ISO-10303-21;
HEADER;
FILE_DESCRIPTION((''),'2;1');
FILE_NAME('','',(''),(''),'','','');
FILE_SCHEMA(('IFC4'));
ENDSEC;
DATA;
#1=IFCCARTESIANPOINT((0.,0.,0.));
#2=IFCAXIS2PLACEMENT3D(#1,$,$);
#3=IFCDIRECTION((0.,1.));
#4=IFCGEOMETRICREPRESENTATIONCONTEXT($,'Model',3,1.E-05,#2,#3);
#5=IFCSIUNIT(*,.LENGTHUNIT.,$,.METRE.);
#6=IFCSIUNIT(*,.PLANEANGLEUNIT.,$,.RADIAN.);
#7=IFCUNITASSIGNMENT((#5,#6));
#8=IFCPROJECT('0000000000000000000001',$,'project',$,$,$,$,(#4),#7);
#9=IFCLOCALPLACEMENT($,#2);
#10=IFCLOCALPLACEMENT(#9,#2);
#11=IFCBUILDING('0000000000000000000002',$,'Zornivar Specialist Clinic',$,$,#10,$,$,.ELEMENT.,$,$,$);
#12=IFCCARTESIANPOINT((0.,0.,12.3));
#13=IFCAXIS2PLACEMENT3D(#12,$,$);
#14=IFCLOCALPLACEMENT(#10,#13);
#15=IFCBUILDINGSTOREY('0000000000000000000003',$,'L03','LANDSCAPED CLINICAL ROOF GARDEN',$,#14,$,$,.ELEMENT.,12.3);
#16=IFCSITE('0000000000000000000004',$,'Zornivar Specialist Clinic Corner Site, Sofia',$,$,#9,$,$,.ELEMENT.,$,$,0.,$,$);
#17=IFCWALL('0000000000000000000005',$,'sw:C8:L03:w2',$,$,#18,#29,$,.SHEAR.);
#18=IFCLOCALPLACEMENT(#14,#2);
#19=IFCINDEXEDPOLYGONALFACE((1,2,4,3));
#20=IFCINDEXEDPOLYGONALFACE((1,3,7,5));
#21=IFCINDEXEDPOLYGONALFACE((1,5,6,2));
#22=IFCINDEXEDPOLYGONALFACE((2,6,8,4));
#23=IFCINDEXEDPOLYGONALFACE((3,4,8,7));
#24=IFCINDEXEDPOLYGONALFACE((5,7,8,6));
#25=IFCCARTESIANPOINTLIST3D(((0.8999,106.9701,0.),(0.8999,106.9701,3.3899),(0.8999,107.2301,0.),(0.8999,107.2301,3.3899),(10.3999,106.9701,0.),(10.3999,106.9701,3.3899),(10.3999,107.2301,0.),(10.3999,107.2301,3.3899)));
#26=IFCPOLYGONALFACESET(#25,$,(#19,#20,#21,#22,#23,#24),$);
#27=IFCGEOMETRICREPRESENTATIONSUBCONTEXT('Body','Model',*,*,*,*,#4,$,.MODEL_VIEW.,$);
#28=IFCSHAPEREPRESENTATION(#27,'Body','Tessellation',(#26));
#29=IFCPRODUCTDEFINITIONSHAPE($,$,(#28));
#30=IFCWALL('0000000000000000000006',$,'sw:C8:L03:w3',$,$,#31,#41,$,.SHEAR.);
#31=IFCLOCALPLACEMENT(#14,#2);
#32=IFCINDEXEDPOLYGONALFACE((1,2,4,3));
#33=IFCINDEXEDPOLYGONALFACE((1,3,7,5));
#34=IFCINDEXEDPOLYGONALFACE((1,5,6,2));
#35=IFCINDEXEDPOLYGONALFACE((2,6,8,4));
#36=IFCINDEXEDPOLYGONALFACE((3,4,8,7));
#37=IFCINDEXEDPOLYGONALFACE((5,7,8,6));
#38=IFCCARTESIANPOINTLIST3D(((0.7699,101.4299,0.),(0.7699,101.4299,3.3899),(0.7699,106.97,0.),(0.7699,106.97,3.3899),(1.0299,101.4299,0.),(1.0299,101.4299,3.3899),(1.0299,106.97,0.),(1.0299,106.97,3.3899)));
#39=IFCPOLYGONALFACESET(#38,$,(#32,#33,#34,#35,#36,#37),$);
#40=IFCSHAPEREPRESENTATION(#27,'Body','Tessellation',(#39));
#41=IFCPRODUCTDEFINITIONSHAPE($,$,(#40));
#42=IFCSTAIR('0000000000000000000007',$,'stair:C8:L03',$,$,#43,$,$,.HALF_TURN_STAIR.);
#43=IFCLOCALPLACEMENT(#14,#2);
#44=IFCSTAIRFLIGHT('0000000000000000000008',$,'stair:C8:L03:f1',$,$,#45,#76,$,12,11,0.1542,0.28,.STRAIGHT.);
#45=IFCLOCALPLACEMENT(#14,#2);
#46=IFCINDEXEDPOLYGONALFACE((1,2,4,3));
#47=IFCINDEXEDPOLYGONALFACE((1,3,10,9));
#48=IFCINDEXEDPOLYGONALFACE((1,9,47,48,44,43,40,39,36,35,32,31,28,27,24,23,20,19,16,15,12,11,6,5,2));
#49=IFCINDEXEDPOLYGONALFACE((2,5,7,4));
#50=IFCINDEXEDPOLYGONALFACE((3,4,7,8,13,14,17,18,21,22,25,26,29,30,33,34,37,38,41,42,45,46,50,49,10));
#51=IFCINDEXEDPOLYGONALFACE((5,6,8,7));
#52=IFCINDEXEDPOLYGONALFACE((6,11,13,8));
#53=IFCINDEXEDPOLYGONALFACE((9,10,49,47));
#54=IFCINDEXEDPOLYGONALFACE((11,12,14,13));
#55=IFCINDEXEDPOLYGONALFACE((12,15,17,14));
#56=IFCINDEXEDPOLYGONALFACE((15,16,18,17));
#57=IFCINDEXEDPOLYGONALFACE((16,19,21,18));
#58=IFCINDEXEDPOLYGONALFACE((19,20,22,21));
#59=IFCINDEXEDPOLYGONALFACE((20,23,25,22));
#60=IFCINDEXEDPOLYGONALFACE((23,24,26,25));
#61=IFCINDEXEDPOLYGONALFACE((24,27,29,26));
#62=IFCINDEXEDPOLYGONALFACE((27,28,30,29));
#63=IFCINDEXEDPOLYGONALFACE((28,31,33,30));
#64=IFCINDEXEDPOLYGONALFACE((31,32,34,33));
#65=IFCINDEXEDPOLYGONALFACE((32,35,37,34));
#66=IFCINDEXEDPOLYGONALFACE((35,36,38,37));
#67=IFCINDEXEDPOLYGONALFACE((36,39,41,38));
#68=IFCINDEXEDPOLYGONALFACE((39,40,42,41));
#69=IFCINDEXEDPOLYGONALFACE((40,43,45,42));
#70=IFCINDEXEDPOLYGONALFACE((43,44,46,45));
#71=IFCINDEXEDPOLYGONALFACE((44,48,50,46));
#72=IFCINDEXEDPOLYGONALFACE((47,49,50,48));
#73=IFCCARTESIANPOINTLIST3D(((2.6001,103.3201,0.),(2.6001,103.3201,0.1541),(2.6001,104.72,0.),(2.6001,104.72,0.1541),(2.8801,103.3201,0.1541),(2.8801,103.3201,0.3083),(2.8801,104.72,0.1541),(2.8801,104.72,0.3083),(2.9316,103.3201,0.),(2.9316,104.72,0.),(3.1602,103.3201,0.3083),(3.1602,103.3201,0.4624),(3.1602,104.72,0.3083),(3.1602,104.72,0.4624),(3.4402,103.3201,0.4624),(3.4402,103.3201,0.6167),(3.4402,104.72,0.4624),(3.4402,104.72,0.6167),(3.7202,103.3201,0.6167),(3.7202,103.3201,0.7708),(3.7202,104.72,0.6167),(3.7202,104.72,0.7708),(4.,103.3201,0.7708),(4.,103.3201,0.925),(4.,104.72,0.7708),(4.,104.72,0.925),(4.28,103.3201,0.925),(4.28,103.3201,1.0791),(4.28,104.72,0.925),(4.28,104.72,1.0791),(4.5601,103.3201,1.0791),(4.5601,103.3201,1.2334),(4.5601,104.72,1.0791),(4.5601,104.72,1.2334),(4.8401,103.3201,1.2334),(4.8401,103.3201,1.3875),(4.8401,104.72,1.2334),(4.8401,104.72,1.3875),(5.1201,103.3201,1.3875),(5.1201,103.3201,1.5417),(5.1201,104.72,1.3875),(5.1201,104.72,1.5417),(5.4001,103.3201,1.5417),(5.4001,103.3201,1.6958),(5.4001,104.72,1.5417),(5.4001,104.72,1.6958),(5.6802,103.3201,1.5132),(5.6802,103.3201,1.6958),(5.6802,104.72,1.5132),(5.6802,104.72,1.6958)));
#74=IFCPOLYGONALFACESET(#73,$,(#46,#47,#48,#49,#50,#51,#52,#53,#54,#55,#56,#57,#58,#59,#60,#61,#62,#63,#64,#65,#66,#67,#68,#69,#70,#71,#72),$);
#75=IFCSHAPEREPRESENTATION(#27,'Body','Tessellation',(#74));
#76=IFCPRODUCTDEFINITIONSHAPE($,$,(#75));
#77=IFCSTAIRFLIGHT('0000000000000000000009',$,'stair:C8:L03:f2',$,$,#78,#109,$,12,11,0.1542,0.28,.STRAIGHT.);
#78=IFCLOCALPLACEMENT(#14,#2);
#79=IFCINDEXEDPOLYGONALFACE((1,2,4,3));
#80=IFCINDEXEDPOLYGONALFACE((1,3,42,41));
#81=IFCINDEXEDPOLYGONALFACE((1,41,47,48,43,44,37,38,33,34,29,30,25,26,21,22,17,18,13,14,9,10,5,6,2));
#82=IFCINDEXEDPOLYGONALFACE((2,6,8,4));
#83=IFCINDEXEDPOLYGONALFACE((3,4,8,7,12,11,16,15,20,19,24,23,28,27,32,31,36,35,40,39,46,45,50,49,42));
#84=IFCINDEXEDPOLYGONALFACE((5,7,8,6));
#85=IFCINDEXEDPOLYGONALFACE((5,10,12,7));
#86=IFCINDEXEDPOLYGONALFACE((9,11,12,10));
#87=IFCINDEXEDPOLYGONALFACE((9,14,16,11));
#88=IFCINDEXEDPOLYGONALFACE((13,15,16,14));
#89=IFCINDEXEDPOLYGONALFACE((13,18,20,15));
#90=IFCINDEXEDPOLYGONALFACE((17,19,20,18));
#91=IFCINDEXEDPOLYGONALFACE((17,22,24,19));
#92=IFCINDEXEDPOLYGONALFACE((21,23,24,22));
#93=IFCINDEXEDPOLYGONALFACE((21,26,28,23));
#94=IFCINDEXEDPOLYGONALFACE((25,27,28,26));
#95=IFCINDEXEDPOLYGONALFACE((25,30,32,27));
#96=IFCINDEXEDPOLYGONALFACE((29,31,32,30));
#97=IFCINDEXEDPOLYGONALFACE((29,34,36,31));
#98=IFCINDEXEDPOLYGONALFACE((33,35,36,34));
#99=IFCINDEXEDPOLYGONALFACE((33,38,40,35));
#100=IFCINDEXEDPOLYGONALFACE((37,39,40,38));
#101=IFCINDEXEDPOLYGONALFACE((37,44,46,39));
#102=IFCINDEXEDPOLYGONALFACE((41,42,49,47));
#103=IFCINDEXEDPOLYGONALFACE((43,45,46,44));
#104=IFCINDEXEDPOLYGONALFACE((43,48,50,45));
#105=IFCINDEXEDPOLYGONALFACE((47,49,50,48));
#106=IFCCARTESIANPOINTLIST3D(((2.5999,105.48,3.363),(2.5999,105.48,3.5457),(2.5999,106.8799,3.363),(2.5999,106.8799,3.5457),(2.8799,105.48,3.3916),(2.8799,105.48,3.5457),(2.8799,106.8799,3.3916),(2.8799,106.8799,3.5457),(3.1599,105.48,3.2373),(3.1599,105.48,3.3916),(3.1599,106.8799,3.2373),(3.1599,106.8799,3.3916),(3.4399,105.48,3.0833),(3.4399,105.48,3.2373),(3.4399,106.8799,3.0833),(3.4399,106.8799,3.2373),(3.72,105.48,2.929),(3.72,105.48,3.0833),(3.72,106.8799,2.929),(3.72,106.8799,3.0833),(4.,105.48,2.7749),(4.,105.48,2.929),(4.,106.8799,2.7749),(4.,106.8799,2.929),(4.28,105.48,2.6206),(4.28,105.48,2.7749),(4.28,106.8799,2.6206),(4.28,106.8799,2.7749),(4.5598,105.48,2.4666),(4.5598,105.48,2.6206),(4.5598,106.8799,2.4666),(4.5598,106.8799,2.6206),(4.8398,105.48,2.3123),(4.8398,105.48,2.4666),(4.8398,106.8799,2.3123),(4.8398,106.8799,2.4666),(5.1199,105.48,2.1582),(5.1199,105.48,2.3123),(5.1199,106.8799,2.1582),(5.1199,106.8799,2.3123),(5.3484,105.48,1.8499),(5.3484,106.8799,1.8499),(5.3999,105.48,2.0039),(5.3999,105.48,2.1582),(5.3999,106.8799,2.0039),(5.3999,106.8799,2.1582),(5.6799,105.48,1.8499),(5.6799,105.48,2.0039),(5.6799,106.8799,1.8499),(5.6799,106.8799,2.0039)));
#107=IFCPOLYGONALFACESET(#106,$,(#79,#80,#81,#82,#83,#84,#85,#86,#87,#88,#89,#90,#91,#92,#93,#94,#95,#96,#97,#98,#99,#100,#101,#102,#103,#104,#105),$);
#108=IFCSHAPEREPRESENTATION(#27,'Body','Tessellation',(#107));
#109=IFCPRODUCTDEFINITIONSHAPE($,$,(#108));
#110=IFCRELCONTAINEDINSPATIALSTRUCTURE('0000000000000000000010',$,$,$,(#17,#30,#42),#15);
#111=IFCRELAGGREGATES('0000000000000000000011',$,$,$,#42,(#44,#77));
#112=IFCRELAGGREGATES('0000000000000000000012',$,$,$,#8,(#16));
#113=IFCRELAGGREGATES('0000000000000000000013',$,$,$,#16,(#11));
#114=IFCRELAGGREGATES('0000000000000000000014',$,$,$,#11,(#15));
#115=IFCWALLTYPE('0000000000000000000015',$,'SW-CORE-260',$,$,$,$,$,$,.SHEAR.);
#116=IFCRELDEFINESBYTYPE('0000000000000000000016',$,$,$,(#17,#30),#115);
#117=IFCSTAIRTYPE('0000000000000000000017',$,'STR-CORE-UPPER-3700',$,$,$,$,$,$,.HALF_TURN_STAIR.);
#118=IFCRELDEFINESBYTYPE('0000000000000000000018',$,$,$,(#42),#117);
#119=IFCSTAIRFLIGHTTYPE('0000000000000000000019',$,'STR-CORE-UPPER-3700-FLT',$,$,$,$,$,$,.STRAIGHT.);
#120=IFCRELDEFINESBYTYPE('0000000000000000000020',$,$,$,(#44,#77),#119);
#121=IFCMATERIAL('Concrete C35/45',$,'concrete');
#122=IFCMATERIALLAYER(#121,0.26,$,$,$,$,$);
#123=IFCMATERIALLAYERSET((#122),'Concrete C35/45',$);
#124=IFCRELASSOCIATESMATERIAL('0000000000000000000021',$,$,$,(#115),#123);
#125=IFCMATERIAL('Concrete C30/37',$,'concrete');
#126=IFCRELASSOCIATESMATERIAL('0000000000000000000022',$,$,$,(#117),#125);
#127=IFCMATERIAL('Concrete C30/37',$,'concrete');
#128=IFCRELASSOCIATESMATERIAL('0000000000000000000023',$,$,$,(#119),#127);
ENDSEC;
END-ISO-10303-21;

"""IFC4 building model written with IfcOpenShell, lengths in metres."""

from ifc_helpers import new_model, si_unit, direction, frame, frame_2d, origin, place, context, subcontext, project, spatial, polyline, rectangle, outline, extrude, material, layer, layer_set, type_object, element, aggregate, save


model = new_model("IFC4")

# Units and contexts
model_context = context("Model", 3, precision=1e-05, world=origin(), true_north=direction((0.0, 1.0)))
body_context = subcontext(model_context, "Body", "Model", "MODEL_VIEW")
ifc_project = project(units=[si_unit("LENGTHUNIT", "METRE"), si_unit("PLANEANGLEUNIT", "RADIAN")], contexts=[model_context])

# Site, building, storey
site_placement = place(None, origin())
site = spatial("IfcSite", under=ifc_project, at=site_placement, Name="Zornivar Specialist Clinic Corner Site, Sofia", CompositionType="ELEMENT", RefElevation=0.0)
building_placement = place(site_placement, origin())
building = spatial("IfcBuilding", under=site, at=building_placement, Name="Zornivar Specialist Clinic", CompositionType="ELEMENT")
storey_placement = place(building_placement, frame((0.0, 0.0, 12.3)))
storey = spatial("IfcBuildingStorey", under=building, at=storey_placement, Name="L03", Description="LANDSCAPED CLINICAL ROOF GARDEN", CompositionType="ELEMENT", Elevation=12.3)

# Walls
ifc_material_1 = material(Name="Concrete C35/45", Category="concrete")
ifc_layer_1 = layer(ifc_material_1, 0.26)
ifc_layer_set_1 = layer_set([ifc_layer_1], Name="Concrete C35/45")
wall_type_1 = type_object("IfcWallType", Name="SW-CORE-260", PredefinedType="SHEAR", material=ifc_layer_set_1)
wall_1_placement = place(storey_placement, frame((10.3999, 107.1001, 0.0), z_axis=(0.0, 0.0, 1.0), x_axis=(-1.0, 0.0, 0.0)))
element("IfcWall", 1, at=wall_1_placement, inside=storey, type_object=wall_type_1, Name="sw:C8:L03:w2", PredefinedType="SHEAR", context=body_context, shape_type="SweptSolid", body=[
    extrude(rectangle(XDim=9.5, YDim=0.26, at=frame_2d((4.75, 0.0))), origin(), (0.0, 0.0, 1.0), 3.3899),
])
wall_2_placement = place(storey_placement, frame((0.8999, 106.97, 0.0), z_axis=(0.0, 0.0, 1.0), x_axis=(0.0, -1.0, 0.0)))
element("IfcWall", 2, at=wall_2_placement, inside=storey, type_object=wall_type_1, Name="sw:C8:L03:w3", PredefinedType="SHEAR", context=body_context, shape_type="SweptSolid", body=[
    extrude(rectangle(XDim=5.54, YDim=0.26, at=frame_2d((2.77, 0.0))), origin(), (0.0, 0.0, 1.0), 3.3899),
])

# Stair, stair flights
ifc_material_2 = material(Name="Concrete C30/37", Category="concrete")
stair_type = type_object("IfcStairType", Name="STR-CORE-UPPER-3700", PredefinedType="HALF_TURN_STAIR", material=ifc_material_2)
stair_placement = place(storey_placement, origin())
stair = element("IfcStair", 3, at=stair_placement, inside=storey, type_object=stair_type, Name="stair:C8:L03", PredefinedType="HALF_TURN_STAIR")
ifc_material_3 = material(Name="Concrete C30/37", Category="concrete")
stair_flight_type = type_object("IfcStairFlightType", Name="STR-CORE-UPPER-3700-FLT", PredefinedType="STRAIGHT", material=ifc_material_3)
stair_flight_1_placement = place(storey_placement, frame((2.6001, 104.02, 0.0), z_axis=(0.0, 0.0, 1.0), x_axis=(1.0, 0.0, 0.0)))
stair_flight_1 = element("IfcStairFlight", 4, at=stair_flight_1_placement, type_object=stair_flight_type, Name="stair:C8:L03:f1", NumberOfRisers=12, NumberOfTreads=11, PredefinedType="STRAIGHT", RiserHeight=0.1542, TreadLength=0.28, context=body_context, shape_type="SweptSolid", body=[
    extrude(outline(polyline([(0.0, 0.0), (0.0, 0.1541), (0.28, 0.1541), (0.28, 0.3083), (0.5601, 0.3083), (0.5601, 0.4624), (0.8401, 0.4624), (0.8401, 0.6167), (1.1201, 0.6167), (1.1201, 0.7708), (1.3999, 0.7708), (1.3999, 0.925), (1.6799, 0.925), (1.6799, 1.0791), (1.96, 1.0791), (1.96, 1.2334), (2.24, 1.2334), (2.24, 1.3875), (2.52, 1.3875), (2.52, 1.5417), (2.8, 1.5417), (2.8, 1.6958), (3.0801, 1.6958), (3.0801, 1.8501), (3.0801, 1.5132), (0.3315, 0.0), (0.0, 0.0)])), frame((0.0, 0.7, 0.0), z_axis=(0.0, -1.0, 0.0), x_axis=(1.0, 0.0, 0.0)), (0.0, 0.0, 1.0), 1.3999),
])
stair_flight_2_placement = place(storey_placement, frame((5.6799, 106.1799, 1.8499), z_axis=(0.0, 0.0, 1.0), x_axis=(-1.0, 0.0, 0.0)))
stair_flight_2 = element("IfcStairFlight", 5, at=stair_flight_2_placement, type_object=stair_flight_type, Name="stair:C8:L03:f2", NumberOfRisers=12, NumberOfTreads=11, PredefinedType="STRAIGHT", RiserHeight=0.1542, TreadLength=0.28, context=body_context, shape_type="SweptSolid", body=[
    extrude(outline(polyline([(0.0, 0.0), (0.0, 0.1541), (0.28, 0.1541), (0.28, 0.3083), (0.5601, 0.3083), (0.5601, 0.4624), (0.8401, 0.4624), (0.8401, 0.6167), (1.1201, 0.6167), (1.1201, 0.7708), (1.3999, 0.7708), (1.3999, 0.925), (1.6799, 0.925), (1.6799, 1.0791), (1.96, 1.0791), (1.96, 1.2334), (2.24, 1.2334), (2.24, 1.3875), (2.52, 1.3875), (2.52, 1.5417), (2.8, 1.5417), (2.8, 1.6958), (3.0801, 1.6958), (3.0801, 1.8501), (3.0801, 1.5132), (0.3315, 0.0), (0.0, 0.0)])), frame((0.0, 0.7, 0.0), z_axis=(0.0, -1.0, 0.0), x_axis=(1.0, 0.0, 0.0)), (0.0, 0.0, 1.0), 1.3999),
])
aggregate(stair, [stair_flight_1, stair_flight_2])

save(model, "model.ifc")
